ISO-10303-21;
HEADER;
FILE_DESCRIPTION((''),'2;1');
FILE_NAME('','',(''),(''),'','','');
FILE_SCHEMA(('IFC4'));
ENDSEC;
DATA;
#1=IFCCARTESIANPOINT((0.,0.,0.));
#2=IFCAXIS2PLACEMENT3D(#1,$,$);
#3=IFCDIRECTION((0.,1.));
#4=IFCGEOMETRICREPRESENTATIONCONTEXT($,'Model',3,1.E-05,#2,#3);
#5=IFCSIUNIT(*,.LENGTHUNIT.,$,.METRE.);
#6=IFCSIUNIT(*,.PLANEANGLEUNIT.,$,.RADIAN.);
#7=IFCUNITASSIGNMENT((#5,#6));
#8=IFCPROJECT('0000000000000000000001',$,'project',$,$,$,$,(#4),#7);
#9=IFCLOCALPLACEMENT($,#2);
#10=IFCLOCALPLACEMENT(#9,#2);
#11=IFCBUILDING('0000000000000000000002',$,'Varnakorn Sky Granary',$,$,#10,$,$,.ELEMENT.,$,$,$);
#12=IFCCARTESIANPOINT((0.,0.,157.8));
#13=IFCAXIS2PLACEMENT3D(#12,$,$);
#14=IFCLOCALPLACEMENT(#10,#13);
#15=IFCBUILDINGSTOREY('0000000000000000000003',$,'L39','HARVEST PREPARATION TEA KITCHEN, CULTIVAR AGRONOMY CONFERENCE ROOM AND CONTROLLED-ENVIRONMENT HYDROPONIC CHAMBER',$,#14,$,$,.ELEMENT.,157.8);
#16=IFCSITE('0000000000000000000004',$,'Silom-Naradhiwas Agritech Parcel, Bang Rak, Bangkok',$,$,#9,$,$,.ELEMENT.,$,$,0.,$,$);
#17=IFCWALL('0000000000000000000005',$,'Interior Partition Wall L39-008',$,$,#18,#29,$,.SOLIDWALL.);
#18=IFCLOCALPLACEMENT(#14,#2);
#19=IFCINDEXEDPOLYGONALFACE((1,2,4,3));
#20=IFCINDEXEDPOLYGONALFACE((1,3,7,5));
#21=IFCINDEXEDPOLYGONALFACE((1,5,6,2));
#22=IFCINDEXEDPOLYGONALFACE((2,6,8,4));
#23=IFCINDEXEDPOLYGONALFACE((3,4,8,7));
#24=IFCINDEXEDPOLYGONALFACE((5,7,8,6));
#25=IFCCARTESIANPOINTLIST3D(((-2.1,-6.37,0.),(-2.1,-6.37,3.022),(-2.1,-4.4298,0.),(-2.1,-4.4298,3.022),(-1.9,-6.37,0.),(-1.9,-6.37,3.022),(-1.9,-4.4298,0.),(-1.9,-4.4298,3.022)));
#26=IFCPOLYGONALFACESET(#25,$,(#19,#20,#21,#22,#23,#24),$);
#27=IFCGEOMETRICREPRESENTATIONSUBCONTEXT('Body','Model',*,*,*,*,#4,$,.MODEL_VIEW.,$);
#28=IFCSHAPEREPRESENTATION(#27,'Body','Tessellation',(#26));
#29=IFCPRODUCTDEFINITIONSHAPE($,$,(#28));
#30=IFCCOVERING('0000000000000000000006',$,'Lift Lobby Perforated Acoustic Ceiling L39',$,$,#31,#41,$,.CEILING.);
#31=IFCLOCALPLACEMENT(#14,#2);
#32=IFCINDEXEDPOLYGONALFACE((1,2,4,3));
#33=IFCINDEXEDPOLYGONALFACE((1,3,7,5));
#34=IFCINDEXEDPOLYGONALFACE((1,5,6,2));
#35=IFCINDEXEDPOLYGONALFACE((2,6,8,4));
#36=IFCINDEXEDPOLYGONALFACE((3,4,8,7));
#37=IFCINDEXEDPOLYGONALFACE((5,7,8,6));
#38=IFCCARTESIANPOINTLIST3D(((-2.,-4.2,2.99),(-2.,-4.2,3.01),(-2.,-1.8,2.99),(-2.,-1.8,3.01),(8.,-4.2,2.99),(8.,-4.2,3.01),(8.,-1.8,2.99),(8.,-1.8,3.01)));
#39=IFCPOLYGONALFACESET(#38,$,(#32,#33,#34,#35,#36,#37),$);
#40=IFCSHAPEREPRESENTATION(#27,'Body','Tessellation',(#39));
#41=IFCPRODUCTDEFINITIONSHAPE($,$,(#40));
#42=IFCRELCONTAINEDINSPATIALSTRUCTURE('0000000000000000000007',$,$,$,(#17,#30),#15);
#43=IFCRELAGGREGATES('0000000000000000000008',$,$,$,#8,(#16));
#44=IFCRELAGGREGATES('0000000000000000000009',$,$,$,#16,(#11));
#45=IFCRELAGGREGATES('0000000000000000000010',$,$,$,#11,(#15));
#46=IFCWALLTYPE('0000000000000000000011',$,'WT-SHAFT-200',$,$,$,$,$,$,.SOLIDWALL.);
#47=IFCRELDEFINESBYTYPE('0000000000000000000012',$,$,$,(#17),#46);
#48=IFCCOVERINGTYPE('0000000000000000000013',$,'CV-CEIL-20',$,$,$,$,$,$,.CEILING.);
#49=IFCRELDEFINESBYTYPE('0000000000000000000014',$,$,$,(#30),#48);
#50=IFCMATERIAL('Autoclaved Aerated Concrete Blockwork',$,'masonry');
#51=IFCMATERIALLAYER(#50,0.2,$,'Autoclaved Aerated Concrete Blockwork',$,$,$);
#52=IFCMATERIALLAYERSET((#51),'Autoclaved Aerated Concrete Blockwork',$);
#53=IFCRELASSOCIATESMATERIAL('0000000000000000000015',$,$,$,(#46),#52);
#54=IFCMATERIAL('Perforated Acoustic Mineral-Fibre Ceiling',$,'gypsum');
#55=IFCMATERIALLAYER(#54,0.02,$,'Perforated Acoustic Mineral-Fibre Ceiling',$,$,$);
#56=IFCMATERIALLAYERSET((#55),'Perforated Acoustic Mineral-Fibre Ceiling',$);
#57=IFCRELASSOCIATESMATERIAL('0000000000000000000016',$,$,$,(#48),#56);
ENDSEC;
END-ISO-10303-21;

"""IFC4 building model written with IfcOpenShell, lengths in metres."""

from ifc_helpers import new_model, si_unit, direction, frame, frame_2d, origin, place, context, subcontext, project, spatial, polyline, rectangle, outline, extrude, material, layer, layer_set, type_object, element, save


model = new_model("IFC4")

# Units and contexts
model_context = context("Model", 3, precision=1e-05, world=origin(), true_north=direction((0.0, 1.0)))
body_context = subcontext(model_context, "Body", "Model", "MODEL_VIEW")
ifc_project = project(units=[si_unit("LENGTHUNIT", "METRE"), si_unit("PLANEANGLEUNIT", "RADIAN")], contexts=[model_context])

# Site, building, storey
site_placement = place(None, origin())
site = spatial("IfcSite", under=ifc_project, at=site_placement, Name="Silom-Naradhiwas Agritech Parcel, Bang Rak, Bangkok", CompositionType="ELEMENT", RefElevation=0.0)
building_placement = place(site_placement, origin())
building = spatial("IfcBuilding", under=site, at=building_placement, Name="Varnakorn Sky Granary", CompositionType="ELEMENT")
storey_placement = place(building_placement, frame((0.0, 0.0, 157.8)))
storey = spatial("IfcBuildingStorey", under=building, at=storey_placement, Name="L39", Description="HARVEST PREPARATION TEA KITCHEN, CULTIVAR AGRONOMY CONFERENCE ROOM AND CONTROLLED-ENVIRONMENT HYDROPONIC CHAMBER", CompositionType="ELEMENT", Elevation=157.8)

# Shared definitions
ifc_material_1 = material(Name="Autoclaved Aerated Concrete Blockwork", Category="masonry")

# Shared definitions
ifc_layer_1 = layer(ifc_material_1, 0.2, Name="Autoclaved Aerated Concrete Blockwork")
ifc_layer_set_1 = layer_set([ifc_layer_1], Name="Autoclaved Aerated Concrete Blockwork")
wall_type_1 = type_object("IfcWallType", Name="WT-SHAFT-200", PredefinedType="SOLIDWALL", material=ifc_layer_set_1)

# Wall
wall_1_placement = place(storey_placement, frame((-2.0, -6.3701, 0.0), z_axis=(0.0, 0.0, 1.0), x_axis=(0.0, 1.0, 0.0)))
element("IfcWall", 1, at=wall_1_placement, inside=storey, type_object=wall_type_1, Name="Interior Partition Wall L39-008", PredefinedType="SOLIDWALL", context=body_context, shape_type="SweptSolid", body=[
    extrude(rectangle(XDim=1.9402, YDim=0.2, at=frame_2d((0.9702, 0.0))), origin(), (0.0, 0.0, 1.0), 3.022),
])

# Covering
ifc_material_2 = material(Name="Perforated Acoustic Mineral-Fibre Ceiling", Category="gypsum")
ifc_layer_2 = layer(ifc_material_2, 0.02, Name="Perforated Acoustic Mineral-Fibre Ceiling")
ifc_layer_set_2 = layer_set([ifc_layer_2], Name="Perforated Acoustic Mineral-Fibre Ceiling")
covering_type = type_object("IfcCoveringType", Name="CV-CEIL-20", PredefinedType="CEILING", material=ifc_layer_set_2)
covering_placement = place(storey_placement, frame((0.0, 0.0, 2.99)))
element("IfcCovering", 2, at=covering_placement, inside=storey, type_object=covering_type, Name="Lift Lobby Perforated Acoustic Ceiling L39", PredefinedType="CEILING", context=body_context, shape_type="SweptSolid", body=[
    extrude(outline(polyline([(-2.0, -4.2), (8.0, -4.2), (8.0, -1.8), (-2.0, -1.8), (-2.0, -4.2)])), origin(), (0.0, 0.0, 1.0), 0.02),
])

save(model, "model.ifc")
